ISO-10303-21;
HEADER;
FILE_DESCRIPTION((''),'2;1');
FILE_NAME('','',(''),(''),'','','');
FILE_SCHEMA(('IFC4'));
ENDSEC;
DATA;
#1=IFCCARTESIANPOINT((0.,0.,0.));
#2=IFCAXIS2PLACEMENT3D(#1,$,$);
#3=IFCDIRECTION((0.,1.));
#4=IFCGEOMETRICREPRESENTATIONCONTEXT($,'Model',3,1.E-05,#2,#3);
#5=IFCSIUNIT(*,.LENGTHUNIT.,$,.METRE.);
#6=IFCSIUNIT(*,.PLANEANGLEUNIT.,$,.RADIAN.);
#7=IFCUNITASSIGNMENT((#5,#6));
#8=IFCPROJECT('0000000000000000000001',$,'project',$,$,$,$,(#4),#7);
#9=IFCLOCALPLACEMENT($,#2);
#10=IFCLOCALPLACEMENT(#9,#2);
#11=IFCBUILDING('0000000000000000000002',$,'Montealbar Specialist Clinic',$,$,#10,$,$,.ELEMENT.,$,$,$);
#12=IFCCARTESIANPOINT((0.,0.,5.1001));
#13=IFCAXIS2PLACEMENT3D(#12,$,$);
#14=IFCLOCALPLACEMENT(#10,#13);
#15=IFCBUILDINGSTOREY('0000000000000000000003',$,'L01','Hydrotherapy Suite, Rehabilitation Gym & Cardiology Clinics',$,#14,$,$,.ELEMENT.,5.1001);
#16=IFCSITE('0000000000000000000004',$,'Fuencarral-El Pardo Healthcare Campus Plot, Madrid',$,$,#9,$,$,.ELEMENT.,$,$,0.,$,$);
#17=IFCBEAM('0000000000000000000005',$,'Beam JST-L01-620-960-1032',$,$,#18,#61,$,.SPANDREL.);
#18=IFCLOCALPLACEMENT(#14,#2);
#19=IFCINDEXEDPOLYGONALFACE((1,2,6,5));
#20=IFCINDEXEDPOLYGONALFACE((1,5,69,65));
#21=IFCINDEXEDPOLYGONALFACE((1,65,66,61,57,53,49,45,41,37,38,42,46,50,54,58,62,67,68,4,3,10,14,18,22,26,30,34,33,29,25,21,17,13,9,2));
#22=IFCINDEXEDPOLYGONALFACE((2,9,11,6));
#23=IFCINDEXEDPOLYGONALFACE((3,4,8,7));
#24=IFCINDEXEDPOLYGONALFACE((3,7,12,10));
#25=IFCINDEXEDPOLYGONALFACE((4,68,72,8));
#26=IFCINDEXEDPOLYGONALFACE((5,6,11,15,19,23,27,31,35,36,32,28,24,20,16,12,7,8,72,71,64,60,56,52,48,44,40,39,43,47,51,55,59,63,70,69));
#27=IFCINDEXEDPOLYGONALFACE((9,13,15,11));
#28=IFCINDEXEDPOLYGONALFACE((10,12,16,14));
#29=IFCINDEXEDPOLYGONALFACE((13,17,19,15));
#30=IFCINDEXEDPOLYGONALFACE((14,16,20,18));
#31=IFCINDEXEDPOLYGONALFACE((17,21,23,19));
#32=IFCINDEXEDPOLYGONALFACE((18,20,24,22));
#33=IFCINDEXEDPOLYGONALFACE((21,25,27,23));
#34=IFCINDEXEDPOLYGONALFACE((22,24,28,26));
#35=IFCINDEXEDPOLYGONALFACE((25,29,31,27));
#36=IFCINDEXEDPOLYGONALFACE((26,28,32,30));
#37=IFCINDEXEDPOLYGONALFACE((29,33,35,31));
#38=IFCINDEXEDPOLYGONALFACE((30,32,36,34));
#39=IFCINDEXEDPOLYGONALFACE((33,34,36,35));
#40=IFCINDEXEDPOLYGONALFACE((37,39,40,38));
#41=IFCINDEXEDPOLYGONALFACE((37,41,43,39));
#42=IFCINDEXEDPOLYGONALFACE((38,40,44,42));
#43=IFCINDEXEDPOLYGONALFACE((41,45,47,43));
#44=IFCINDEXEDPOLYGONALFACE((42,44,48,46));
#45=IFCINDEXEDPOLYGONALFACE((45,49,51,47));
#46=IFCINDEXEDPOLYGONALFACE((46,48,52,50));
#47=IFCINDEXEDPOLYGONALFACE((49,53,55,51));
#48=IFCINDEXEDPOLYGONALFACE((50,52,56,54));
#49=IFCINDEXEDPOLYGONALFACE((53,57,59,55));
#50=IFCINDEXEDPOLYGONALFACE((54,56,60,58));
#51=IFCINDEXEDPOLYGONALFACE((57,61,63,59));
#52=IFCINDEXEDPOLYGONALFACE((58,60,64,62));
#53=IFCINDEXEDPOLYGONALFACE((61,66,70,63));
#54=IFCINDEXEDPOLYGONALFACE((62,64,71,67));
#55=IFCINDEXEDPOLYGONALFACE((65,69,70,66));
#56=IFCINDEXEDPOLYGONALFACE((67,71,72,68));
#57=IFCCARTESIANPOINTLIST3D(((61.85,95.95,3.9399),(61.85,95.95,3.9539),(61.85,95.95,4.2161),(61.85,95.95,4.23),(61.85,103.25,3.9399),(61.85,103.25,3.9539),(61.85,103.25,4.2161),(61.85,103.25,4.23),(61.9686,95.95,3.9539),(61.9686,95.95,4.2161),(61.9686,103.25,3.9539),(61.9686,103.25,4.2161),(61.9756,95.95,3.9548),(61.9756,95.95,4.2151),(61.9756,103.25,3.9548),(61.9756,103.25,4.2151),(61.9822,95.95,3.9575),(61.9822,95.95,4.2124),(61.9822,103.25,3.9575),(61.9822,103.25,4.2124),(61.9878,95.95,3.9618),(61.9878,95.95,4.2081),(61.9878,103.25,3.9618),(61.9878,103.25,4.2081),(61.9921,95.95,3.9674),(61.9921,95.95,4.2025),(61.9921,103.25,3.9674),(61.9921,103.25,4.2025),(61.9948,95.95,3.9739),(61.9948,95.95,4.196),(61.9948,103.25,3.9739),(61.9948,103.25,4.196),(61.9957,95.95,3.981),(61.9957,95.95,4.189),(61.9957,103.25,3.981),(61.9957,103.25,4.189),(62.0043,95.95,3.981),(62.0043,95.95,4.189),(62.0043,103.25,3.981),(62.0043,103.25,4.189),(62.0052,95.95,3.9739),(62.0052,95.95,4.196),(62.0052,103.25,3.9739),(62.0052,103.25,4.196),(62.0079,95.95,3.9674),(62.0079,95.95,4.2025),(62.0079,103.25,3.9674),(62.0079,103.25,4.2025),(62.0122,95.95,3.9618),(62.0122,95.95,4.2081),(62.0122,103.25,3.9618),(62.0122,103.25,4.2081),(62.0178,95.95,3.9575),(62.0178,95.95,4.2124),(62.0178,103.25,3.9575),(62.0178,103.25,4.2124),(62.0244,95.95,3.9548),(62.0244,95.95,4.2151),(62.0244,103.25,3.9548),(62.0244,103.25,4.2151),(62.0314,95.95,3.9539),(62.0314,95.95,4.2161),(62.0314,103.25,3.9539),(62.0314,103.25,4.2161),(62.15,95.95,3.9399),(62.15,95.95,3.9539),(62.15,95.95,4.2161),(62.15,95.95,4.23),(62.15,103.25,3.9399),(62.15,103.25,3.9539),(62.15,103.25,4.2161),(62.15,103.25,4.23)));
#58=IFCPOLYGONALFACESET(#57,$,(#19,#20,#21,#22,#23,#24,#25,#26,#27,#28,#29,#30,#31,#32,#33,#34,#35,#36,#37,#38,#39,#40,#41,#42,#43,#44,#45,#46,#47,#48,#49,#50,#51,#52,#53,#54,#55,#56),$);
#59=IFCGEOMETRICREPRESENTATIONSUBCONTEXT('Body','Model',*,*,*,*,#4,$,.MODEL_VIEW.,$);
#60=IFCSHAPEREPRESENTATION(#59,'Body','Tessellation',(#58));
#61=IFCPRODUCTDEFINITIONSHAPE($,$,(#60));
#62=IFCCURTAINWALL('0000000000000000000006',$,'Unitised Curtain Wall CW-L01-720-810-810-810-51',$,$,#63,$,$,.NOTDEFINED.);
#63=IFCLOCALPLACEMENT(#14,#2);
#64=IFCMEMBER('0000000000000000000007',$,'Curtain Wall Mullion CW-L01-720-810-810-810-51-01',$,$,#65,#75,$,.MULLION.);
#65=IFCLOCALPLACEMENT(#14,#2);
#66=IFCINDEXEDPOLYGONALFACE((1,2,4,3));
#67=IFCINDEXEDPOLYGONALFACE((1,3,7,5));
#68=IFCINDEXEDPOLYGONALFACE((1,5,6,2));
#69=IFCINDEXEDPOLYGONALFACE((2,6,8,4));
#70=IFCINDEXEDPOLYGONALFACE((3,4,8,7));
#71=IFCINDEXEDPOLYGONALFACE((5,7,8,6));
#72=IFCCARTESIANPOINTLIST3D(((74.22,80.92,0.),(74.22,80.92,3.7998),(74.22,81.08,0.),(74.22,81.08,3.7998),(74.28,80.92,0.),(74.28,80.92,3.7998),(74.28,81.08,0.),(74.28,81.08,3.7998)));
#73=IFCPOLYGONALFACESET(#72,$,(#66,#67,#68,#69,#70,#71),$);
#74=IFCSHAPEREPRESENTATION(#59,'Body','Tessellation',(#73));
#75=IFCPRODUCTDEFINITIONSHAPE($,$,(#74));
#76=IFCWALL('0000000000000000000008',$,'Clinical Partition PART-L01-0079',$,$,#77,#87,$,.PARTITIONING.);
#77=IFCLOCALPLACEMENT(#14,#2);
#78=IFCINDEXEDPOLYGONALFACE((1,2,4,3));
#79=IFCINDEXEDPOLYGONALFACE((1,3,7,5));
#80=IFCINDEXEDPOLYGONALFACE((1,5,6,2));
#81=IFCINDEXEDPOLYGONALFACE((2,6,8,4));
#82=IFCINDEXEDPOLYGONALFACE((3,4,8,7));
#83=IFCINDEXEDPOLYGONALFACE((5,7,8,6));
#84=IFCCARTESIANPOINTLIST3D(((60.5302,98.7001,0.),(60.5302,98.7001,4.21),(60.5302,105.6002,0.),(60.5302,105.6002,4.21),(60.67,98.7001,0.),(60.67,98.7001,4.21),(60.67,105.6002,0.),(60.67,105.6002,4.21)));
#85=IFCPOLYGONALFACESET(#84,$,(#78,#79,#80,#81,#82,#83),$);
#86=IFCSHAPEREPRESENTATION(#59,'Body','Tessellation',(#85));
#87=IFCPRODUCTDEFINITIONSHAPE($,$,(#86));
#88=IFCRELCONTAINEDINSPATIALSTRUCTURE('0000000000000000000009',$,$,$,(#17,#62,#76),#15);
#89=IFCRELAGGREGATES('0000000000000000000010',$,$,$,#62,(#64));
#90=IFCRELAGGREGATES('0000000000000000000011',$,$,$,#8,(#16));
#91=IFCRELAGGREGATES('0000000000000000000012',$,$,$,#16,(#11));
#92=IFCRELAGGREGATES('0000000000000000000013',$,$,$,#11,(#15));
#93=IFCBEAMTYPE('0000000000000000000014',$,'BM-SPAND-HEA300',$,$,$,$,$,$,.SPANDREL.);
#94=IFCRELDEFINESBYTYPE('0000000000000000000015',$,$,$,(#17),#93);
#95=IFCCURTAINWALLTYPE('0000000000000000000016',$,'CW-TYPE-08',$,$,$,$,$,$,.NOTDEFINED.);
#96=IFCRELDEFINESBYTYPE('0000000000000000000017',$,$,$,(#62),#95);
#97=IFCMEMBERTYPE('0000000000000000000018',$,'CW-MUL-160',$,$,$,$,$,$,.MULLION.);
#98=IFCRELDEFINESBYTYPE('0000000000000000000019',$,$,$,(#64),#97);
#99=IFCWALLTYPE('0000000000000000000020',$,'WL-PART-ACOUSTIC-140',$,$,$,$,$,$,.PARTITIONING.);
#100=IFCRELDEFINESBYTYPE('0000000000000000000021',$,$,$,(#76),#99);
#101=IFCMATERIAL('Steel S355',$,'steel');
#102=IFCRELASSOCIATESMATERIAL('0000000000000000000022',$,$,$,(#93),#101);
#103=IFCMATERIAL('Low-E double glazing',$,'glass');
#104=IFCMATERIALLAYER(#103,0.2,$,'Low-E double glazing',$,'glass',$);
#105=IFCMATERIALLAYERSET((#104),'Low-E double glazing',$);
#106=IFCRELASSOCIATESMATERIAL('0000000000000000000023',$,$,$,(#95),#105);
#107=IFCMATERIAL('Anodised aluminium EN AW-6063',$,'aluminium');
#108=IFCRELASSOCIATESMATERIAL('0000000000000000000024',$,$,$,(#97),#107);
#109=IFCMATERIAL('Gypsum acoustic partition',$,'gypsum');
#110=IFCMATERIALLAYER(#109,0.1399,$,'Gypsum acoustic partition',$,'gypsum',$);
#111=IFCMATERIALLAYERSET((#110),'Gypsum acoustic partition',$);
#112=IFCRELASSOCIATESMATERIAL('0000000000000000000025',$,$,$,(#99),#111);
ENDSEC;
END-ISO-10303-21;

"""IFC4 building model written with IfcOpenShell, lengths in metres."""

from ifc_helpers import new_model, si_unit, direction, frame, frame_2d, origin, origin_2d, place, context, subcontext, project, spatial, rectangle, i_section, extrude, material, layer, layer_set, material_profile, profile_set, type_object, element, aggregate, save


model = new_model("IFC4")

# Units and contexts
model_context = context("Model", 3, precision=1e-05, world=origin(), true_north=direction((0.0, 1.0)))
body_context = subcontext(model_context, "Body", "Model", "MODEL_VIEW")
ifc_project = project(units=[si_unit("LENGTHUNIT", "METRE"), si_unit("PLANEANGLEUNIT", "RADIAN")], contexts=[model_context])

# Site, building, storey
site_placement = place(None, origin())
site = spatial("IfcSite", under=ifc_project, at=site_placement, Name="Fuencarral-El Pardo Healthcare Campus Plot, Madrid", CompositionType="ELEMENT", RefElevation=0.0)
building_placement = place(site_placement, origin())
building = spatial("IfcBuilding", under=site, at=building_placement, Name="Montealbar Specialist Clinic", CompositionType="ELEMENT")
storey_placement = place(building_placement, frame((0.0, 0.0, 5.1001)))
storey = spatial("IfcBuildingStorey", under=building, at=storey_placement, Name="L01", Description="Hydrotherapy Suite, Rehabilitation Gym & Cardiology Clinics", CompositionType="ELEMENT", Elevation=5.1001)

# Shared definitions
ifc_material_1 = material(Name="Steel S355", Category="steel")

# Beam
ifc_material_profile_1 = material_profile(ifc_material_1, i_section(OverallWidth=0.3, OverallDepth=0.29, WebThickness=0.0085, FlangeThickness=0.0139, FilletRadius=0.0271, at=origin_2d()), Name="HEA 300", Category="steel")
ifc_profile_set_1 = profile_set([ifc_material_profile_1], Name="Steel S355")
beam_type_1 = type_object("IfcBeamType", Name="BM-SPAND-HEA300", PredefinedType="SPANDREL", material=ifc_profile_set_1)
beam_1_placement = place(storey_placement, frame((62.0, 95.95, 4.085), z_axis=(0.0, 1.0, 0.0), x_axis=(-1.0, 0.0, 0.0)))
element("IfcBeam", 1, at=beam_1_placement, inside=storey, type_object=beam_type_1, Name="Beam JST-L01-620-960-1032", PredefinedType="SPANDREL", context=body_context, shape_type="SweptSolid", body=[
    extrude(i_section(OverallWidth=0.3, OverallDepth=0.29, WebThickness=0.0085, FlangeThickness=0.0139, FilletRadius=0.0271, at=origin_2d()), origin(), (0.0, 0.0, 1.0), 7.3),
])

# Curtain wall, member
ifc_material_2 = material(Name="Low-E double glazing", Category="glass")
ifc_layer_1 = layer(ifc_material_2, 0.2, Name="Low-E double glazing", Category="glass")
ifc_layer_set_1 = layer_set([ifc_layer_1], Name="Low-E double glazing")
curtain_wall_type = type_object("IfcCurtainWallType", Name="CW-TYPE-08", PredefinedType="NOTDEFINED", material=ifc_layer_set_1)
curtain_wall_placement = place(storey_placement, origin())
curtain_wall = element("IfcCurtainWall", 2, at=curtain_wall_placement, inside=storey, type_object=curtain_wall_type, Name="Unitised Curtain Wall CW-L01-720-810-810-810-51", PredefinedType="NOTDEFINED")
ifc_material_3 = material(Name="Anodised aluminium EN AW-6063", Category="aluminium")
ifc_material_profile_2 = material_profile(ifc_material_3, rectangle(XDim=0.0601, YDim=0.1599, at=origin_2d()), Name="ALU 60x160", Category="aluminium")
ifc_profile_set_2 = profile_set([ifc_material_profile_2], Name="Anodised aluminium EN AW-6063")
member_type = type_object("IfcMemberType", Name="CW-MUL-160", PredefinedType="MULLION", material=ifc_profile_set_2)
member_placement = place(storey_placement, frame((74.25, 81.0, 0.0), z_axis=(0.0, 0.0, 1.0), x_axis=(1.0, 0.0, 0.0)))
member = element("IfcMember", 3, at=member_placement, type_object=member_type, Name="Curtain Wall Mullion CW-L01-720-810-810-810-51-01", PredefinedType="MULLION", context=body_context, shape_type="SweptSolid", body=[
    extrude(rectangle(XDim=0.0601, YDim=0.1599, at=origin_2d()), origin(), (0.0, 0.0, 1.0), 3.7998),
])
aggregate(curtain_wall, [member])

# Wall
ifc_material_4 = material(Name="Gypsum acoustic partition", Category="gypsum")
ifc_layer_2 = layer(ifc_material_4, 0.1399, Name="Gypsum acoustic partition", Category="gypsum")
ifc_layer_set_2 = layer_set([ifc_layer_2], Name="Gypsum acoustic partition")
wall_type = type_object("IfcWallType", Name="WL-PART-ACOUSTIC-140", PredefinedType="PARTITIONING", material=ifc_layer_set_2)
wall_placement = place(storey_placement, frame((60.6001, 98.7, 0.0), z_axis=(0.0, 0.0, 1.0), x_axis=(0.0, 1.0, 0.0)))
element("IfcWall", 4, at=wall_placement, inside=storey, type_object=wall_type, Name="Clinical Partition PART-L01-0079", PredefinedType="PARTITIONING", context=body_context, shape_type="SweptSolid", body=[
    extrude(rectangle(XDim=6.9001, YDim=0.1399, at=frame_2d((3.4502, 0.0))), origin(), (0.0, 0.0, 1.0), 4.21),
])

save(model, "model.ifc")
